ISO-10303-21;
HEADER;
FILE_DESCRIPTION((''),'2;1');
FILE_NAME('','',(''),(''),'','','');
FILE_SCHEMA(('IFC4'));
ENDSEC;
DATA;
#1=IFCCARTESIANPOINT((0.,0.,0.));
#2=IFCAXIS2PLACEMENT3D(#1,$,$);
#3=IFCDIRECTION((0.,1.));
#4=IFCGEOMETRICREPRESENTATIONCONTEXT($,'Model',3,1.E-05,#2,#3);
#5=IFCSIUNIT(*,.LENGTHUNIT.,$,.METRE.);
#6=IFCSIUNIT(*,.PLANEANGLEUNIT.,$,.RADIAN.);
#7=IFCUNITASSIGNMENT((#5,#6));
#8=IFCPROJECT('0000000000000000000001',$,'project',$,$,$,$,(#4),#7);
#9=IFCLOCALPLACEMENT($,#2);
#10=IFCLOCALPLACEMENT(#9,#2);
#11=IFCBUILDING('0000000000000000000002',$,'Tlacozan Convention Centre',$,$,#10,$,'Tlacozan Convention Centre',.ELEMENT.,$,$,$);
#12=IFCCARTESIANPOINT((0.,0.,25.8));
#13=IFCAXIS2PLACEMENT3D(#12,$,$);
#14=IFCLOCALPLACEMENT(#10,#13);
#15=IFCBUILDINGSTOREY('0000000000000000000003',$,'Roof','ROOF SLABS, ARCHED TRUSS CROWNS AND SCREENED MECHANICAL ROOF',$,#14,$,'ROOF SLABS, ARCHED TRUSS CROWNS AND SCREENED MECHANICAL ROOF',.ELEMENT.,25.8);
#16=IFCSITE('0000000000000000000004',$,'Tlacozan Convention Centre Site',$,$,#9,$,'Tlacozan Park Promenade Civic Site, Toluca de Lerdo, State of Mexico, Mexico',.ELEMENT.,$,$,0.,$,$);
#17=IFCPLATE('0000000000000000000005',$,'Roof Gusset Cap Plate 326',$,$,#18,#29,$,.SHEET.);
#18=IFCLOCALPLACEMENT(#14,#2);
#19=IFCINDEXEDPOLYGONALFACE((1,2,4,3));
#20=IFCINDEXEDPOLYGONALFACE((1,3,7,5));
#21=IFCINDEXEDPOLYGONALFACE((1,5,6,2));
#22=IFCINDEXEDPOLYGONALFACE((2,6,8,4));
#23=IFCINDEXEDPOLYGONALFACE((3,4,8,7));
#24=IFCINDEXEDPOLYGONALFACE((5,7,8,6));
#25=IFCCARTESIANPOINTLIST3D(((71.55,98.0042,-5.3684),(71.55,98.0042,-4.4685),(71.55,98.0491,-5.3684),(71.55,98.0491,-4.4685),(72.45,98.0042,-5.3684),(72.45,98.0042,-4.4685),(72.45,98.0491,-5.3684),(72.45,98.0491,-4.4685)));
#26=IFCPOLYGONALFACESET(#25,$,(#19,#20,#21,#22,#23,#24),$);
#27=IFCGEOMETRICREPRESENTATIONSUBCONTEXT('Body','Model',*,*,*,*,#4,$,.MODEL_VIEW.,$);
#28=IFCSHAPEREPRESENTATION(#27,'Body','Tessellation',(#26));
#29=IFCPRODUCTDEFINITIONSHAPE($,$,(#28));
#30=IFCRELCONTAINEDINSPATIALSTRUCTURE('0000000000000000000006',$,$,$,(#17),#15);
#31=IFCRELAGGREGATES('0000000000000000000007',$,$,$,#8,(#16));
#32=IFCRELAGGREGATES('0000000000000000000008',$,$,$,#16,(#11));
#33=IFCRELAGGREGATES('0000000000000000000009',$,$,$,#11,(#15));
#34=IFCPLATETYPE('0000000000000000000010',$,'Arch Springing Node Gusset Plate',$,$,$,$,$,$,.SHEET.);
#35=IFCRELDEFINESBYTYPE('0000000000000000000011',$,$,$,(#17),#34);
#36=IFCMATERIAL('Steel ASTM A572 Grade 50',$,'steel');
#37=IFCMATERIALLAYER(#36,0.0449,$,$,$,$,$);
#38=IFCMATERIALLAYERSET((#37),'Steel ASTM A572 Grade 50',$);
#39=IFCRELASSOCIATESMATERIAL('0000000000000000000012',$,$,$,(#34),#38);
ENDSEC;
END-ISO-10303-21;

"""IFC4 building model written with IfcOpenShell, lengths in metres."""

from ifc_helpers import new_model, si_unit, direction, frame, origin, origin_2d, place, context, subcontext, project, spatial, rectangle, extrude, material, layer, layer_set, type_object, element, save


model = new_model("IFC4")

# Units and contexts
model_context = context("Model", 3, precision=1e-05, world=origin(), true_north=direction((0.0, 1.0)))
body_context = subcontext(model_context, "Body", "Model", "MODEL_VIEW")
ifc_project = project(units=[si_unit("LENGTHUNIT", "METRE"), si_unit("PLANEANGLEUNIT", "RADIAN")], contexts=[model_context])

# Site, building, storey
site_placement = place(None, origin())
site = spatial("IfcSite", under=ifc_project, at=site_placement, Name="Tlacozan Convention Centre Site", LongName="Tlacozan Park Promenade Civic Site, Toluca de Lerdo, State of Mexico, Mexico", CompositionType="ELEMENT", RefElevation=0.0)
building_placement = place(site_placement, origin())
building = spatial("IfcBuilding", under=site, at=building_placement, Name="Tlacozan Convention Centre", LongName="Tlacozan Convention Centre", CompositionType="ELEMENT")
storey_placement = place(building_placement, frame((0.0, 0.0, 25.8)))
storey = spatial("IfcBuildingStorey", under=building, at=storey_placement, Name="Roof", Description="ROOF SLABS, ARCHED TRUSS CROWNS AND SCREENED MECHANICAL ROOF", LongName="ROOF SLABS, ARCHED TRUSS CROWNS AND SCREENED MECHANICAL ROOF", CompositionType="ELEMENT", Elevation=25.8)

# Plate
ifc_material_1 = material(Name="Steel ASTM A572 Grade 50", Category="steel")
ifc_layer = layer(ifc_material_1, 0.0449)
ifc_layer_set = layer_set([ifc_layer], Name="Steel ASTM A572 Grade 50")
plate_type = type_object("IfcPlateType", Name="Arch Springing Node Gusset Plate", PredefinedType="SHEET", material=ifc_layer_set)
for number, where, z_axis, x_axis, name in (
    (1, (72.0, 98.0266, -5.3684), (0.0, 0.0, 1.0), (0.0, 1.0, 0.0), "Roof Gusset Cap Plate 326"),
):
    element("IfcPlate", number, at=place(storey_placement, frame(where, z_axis=z_axis, x_axis=x_axis)), inside=storey, type_object=plate_type, Name=name, PredefinedType="SHEET", context=body_context, shape_type="SweptSolid", body=[
        extrude(rectangle(XDim=0.0449, YDim=0.8999, at=origin_2d()), origin(), (0.0, 0.0, 1.0), 0.8999),
    ])

save(model, "model.ifc")
